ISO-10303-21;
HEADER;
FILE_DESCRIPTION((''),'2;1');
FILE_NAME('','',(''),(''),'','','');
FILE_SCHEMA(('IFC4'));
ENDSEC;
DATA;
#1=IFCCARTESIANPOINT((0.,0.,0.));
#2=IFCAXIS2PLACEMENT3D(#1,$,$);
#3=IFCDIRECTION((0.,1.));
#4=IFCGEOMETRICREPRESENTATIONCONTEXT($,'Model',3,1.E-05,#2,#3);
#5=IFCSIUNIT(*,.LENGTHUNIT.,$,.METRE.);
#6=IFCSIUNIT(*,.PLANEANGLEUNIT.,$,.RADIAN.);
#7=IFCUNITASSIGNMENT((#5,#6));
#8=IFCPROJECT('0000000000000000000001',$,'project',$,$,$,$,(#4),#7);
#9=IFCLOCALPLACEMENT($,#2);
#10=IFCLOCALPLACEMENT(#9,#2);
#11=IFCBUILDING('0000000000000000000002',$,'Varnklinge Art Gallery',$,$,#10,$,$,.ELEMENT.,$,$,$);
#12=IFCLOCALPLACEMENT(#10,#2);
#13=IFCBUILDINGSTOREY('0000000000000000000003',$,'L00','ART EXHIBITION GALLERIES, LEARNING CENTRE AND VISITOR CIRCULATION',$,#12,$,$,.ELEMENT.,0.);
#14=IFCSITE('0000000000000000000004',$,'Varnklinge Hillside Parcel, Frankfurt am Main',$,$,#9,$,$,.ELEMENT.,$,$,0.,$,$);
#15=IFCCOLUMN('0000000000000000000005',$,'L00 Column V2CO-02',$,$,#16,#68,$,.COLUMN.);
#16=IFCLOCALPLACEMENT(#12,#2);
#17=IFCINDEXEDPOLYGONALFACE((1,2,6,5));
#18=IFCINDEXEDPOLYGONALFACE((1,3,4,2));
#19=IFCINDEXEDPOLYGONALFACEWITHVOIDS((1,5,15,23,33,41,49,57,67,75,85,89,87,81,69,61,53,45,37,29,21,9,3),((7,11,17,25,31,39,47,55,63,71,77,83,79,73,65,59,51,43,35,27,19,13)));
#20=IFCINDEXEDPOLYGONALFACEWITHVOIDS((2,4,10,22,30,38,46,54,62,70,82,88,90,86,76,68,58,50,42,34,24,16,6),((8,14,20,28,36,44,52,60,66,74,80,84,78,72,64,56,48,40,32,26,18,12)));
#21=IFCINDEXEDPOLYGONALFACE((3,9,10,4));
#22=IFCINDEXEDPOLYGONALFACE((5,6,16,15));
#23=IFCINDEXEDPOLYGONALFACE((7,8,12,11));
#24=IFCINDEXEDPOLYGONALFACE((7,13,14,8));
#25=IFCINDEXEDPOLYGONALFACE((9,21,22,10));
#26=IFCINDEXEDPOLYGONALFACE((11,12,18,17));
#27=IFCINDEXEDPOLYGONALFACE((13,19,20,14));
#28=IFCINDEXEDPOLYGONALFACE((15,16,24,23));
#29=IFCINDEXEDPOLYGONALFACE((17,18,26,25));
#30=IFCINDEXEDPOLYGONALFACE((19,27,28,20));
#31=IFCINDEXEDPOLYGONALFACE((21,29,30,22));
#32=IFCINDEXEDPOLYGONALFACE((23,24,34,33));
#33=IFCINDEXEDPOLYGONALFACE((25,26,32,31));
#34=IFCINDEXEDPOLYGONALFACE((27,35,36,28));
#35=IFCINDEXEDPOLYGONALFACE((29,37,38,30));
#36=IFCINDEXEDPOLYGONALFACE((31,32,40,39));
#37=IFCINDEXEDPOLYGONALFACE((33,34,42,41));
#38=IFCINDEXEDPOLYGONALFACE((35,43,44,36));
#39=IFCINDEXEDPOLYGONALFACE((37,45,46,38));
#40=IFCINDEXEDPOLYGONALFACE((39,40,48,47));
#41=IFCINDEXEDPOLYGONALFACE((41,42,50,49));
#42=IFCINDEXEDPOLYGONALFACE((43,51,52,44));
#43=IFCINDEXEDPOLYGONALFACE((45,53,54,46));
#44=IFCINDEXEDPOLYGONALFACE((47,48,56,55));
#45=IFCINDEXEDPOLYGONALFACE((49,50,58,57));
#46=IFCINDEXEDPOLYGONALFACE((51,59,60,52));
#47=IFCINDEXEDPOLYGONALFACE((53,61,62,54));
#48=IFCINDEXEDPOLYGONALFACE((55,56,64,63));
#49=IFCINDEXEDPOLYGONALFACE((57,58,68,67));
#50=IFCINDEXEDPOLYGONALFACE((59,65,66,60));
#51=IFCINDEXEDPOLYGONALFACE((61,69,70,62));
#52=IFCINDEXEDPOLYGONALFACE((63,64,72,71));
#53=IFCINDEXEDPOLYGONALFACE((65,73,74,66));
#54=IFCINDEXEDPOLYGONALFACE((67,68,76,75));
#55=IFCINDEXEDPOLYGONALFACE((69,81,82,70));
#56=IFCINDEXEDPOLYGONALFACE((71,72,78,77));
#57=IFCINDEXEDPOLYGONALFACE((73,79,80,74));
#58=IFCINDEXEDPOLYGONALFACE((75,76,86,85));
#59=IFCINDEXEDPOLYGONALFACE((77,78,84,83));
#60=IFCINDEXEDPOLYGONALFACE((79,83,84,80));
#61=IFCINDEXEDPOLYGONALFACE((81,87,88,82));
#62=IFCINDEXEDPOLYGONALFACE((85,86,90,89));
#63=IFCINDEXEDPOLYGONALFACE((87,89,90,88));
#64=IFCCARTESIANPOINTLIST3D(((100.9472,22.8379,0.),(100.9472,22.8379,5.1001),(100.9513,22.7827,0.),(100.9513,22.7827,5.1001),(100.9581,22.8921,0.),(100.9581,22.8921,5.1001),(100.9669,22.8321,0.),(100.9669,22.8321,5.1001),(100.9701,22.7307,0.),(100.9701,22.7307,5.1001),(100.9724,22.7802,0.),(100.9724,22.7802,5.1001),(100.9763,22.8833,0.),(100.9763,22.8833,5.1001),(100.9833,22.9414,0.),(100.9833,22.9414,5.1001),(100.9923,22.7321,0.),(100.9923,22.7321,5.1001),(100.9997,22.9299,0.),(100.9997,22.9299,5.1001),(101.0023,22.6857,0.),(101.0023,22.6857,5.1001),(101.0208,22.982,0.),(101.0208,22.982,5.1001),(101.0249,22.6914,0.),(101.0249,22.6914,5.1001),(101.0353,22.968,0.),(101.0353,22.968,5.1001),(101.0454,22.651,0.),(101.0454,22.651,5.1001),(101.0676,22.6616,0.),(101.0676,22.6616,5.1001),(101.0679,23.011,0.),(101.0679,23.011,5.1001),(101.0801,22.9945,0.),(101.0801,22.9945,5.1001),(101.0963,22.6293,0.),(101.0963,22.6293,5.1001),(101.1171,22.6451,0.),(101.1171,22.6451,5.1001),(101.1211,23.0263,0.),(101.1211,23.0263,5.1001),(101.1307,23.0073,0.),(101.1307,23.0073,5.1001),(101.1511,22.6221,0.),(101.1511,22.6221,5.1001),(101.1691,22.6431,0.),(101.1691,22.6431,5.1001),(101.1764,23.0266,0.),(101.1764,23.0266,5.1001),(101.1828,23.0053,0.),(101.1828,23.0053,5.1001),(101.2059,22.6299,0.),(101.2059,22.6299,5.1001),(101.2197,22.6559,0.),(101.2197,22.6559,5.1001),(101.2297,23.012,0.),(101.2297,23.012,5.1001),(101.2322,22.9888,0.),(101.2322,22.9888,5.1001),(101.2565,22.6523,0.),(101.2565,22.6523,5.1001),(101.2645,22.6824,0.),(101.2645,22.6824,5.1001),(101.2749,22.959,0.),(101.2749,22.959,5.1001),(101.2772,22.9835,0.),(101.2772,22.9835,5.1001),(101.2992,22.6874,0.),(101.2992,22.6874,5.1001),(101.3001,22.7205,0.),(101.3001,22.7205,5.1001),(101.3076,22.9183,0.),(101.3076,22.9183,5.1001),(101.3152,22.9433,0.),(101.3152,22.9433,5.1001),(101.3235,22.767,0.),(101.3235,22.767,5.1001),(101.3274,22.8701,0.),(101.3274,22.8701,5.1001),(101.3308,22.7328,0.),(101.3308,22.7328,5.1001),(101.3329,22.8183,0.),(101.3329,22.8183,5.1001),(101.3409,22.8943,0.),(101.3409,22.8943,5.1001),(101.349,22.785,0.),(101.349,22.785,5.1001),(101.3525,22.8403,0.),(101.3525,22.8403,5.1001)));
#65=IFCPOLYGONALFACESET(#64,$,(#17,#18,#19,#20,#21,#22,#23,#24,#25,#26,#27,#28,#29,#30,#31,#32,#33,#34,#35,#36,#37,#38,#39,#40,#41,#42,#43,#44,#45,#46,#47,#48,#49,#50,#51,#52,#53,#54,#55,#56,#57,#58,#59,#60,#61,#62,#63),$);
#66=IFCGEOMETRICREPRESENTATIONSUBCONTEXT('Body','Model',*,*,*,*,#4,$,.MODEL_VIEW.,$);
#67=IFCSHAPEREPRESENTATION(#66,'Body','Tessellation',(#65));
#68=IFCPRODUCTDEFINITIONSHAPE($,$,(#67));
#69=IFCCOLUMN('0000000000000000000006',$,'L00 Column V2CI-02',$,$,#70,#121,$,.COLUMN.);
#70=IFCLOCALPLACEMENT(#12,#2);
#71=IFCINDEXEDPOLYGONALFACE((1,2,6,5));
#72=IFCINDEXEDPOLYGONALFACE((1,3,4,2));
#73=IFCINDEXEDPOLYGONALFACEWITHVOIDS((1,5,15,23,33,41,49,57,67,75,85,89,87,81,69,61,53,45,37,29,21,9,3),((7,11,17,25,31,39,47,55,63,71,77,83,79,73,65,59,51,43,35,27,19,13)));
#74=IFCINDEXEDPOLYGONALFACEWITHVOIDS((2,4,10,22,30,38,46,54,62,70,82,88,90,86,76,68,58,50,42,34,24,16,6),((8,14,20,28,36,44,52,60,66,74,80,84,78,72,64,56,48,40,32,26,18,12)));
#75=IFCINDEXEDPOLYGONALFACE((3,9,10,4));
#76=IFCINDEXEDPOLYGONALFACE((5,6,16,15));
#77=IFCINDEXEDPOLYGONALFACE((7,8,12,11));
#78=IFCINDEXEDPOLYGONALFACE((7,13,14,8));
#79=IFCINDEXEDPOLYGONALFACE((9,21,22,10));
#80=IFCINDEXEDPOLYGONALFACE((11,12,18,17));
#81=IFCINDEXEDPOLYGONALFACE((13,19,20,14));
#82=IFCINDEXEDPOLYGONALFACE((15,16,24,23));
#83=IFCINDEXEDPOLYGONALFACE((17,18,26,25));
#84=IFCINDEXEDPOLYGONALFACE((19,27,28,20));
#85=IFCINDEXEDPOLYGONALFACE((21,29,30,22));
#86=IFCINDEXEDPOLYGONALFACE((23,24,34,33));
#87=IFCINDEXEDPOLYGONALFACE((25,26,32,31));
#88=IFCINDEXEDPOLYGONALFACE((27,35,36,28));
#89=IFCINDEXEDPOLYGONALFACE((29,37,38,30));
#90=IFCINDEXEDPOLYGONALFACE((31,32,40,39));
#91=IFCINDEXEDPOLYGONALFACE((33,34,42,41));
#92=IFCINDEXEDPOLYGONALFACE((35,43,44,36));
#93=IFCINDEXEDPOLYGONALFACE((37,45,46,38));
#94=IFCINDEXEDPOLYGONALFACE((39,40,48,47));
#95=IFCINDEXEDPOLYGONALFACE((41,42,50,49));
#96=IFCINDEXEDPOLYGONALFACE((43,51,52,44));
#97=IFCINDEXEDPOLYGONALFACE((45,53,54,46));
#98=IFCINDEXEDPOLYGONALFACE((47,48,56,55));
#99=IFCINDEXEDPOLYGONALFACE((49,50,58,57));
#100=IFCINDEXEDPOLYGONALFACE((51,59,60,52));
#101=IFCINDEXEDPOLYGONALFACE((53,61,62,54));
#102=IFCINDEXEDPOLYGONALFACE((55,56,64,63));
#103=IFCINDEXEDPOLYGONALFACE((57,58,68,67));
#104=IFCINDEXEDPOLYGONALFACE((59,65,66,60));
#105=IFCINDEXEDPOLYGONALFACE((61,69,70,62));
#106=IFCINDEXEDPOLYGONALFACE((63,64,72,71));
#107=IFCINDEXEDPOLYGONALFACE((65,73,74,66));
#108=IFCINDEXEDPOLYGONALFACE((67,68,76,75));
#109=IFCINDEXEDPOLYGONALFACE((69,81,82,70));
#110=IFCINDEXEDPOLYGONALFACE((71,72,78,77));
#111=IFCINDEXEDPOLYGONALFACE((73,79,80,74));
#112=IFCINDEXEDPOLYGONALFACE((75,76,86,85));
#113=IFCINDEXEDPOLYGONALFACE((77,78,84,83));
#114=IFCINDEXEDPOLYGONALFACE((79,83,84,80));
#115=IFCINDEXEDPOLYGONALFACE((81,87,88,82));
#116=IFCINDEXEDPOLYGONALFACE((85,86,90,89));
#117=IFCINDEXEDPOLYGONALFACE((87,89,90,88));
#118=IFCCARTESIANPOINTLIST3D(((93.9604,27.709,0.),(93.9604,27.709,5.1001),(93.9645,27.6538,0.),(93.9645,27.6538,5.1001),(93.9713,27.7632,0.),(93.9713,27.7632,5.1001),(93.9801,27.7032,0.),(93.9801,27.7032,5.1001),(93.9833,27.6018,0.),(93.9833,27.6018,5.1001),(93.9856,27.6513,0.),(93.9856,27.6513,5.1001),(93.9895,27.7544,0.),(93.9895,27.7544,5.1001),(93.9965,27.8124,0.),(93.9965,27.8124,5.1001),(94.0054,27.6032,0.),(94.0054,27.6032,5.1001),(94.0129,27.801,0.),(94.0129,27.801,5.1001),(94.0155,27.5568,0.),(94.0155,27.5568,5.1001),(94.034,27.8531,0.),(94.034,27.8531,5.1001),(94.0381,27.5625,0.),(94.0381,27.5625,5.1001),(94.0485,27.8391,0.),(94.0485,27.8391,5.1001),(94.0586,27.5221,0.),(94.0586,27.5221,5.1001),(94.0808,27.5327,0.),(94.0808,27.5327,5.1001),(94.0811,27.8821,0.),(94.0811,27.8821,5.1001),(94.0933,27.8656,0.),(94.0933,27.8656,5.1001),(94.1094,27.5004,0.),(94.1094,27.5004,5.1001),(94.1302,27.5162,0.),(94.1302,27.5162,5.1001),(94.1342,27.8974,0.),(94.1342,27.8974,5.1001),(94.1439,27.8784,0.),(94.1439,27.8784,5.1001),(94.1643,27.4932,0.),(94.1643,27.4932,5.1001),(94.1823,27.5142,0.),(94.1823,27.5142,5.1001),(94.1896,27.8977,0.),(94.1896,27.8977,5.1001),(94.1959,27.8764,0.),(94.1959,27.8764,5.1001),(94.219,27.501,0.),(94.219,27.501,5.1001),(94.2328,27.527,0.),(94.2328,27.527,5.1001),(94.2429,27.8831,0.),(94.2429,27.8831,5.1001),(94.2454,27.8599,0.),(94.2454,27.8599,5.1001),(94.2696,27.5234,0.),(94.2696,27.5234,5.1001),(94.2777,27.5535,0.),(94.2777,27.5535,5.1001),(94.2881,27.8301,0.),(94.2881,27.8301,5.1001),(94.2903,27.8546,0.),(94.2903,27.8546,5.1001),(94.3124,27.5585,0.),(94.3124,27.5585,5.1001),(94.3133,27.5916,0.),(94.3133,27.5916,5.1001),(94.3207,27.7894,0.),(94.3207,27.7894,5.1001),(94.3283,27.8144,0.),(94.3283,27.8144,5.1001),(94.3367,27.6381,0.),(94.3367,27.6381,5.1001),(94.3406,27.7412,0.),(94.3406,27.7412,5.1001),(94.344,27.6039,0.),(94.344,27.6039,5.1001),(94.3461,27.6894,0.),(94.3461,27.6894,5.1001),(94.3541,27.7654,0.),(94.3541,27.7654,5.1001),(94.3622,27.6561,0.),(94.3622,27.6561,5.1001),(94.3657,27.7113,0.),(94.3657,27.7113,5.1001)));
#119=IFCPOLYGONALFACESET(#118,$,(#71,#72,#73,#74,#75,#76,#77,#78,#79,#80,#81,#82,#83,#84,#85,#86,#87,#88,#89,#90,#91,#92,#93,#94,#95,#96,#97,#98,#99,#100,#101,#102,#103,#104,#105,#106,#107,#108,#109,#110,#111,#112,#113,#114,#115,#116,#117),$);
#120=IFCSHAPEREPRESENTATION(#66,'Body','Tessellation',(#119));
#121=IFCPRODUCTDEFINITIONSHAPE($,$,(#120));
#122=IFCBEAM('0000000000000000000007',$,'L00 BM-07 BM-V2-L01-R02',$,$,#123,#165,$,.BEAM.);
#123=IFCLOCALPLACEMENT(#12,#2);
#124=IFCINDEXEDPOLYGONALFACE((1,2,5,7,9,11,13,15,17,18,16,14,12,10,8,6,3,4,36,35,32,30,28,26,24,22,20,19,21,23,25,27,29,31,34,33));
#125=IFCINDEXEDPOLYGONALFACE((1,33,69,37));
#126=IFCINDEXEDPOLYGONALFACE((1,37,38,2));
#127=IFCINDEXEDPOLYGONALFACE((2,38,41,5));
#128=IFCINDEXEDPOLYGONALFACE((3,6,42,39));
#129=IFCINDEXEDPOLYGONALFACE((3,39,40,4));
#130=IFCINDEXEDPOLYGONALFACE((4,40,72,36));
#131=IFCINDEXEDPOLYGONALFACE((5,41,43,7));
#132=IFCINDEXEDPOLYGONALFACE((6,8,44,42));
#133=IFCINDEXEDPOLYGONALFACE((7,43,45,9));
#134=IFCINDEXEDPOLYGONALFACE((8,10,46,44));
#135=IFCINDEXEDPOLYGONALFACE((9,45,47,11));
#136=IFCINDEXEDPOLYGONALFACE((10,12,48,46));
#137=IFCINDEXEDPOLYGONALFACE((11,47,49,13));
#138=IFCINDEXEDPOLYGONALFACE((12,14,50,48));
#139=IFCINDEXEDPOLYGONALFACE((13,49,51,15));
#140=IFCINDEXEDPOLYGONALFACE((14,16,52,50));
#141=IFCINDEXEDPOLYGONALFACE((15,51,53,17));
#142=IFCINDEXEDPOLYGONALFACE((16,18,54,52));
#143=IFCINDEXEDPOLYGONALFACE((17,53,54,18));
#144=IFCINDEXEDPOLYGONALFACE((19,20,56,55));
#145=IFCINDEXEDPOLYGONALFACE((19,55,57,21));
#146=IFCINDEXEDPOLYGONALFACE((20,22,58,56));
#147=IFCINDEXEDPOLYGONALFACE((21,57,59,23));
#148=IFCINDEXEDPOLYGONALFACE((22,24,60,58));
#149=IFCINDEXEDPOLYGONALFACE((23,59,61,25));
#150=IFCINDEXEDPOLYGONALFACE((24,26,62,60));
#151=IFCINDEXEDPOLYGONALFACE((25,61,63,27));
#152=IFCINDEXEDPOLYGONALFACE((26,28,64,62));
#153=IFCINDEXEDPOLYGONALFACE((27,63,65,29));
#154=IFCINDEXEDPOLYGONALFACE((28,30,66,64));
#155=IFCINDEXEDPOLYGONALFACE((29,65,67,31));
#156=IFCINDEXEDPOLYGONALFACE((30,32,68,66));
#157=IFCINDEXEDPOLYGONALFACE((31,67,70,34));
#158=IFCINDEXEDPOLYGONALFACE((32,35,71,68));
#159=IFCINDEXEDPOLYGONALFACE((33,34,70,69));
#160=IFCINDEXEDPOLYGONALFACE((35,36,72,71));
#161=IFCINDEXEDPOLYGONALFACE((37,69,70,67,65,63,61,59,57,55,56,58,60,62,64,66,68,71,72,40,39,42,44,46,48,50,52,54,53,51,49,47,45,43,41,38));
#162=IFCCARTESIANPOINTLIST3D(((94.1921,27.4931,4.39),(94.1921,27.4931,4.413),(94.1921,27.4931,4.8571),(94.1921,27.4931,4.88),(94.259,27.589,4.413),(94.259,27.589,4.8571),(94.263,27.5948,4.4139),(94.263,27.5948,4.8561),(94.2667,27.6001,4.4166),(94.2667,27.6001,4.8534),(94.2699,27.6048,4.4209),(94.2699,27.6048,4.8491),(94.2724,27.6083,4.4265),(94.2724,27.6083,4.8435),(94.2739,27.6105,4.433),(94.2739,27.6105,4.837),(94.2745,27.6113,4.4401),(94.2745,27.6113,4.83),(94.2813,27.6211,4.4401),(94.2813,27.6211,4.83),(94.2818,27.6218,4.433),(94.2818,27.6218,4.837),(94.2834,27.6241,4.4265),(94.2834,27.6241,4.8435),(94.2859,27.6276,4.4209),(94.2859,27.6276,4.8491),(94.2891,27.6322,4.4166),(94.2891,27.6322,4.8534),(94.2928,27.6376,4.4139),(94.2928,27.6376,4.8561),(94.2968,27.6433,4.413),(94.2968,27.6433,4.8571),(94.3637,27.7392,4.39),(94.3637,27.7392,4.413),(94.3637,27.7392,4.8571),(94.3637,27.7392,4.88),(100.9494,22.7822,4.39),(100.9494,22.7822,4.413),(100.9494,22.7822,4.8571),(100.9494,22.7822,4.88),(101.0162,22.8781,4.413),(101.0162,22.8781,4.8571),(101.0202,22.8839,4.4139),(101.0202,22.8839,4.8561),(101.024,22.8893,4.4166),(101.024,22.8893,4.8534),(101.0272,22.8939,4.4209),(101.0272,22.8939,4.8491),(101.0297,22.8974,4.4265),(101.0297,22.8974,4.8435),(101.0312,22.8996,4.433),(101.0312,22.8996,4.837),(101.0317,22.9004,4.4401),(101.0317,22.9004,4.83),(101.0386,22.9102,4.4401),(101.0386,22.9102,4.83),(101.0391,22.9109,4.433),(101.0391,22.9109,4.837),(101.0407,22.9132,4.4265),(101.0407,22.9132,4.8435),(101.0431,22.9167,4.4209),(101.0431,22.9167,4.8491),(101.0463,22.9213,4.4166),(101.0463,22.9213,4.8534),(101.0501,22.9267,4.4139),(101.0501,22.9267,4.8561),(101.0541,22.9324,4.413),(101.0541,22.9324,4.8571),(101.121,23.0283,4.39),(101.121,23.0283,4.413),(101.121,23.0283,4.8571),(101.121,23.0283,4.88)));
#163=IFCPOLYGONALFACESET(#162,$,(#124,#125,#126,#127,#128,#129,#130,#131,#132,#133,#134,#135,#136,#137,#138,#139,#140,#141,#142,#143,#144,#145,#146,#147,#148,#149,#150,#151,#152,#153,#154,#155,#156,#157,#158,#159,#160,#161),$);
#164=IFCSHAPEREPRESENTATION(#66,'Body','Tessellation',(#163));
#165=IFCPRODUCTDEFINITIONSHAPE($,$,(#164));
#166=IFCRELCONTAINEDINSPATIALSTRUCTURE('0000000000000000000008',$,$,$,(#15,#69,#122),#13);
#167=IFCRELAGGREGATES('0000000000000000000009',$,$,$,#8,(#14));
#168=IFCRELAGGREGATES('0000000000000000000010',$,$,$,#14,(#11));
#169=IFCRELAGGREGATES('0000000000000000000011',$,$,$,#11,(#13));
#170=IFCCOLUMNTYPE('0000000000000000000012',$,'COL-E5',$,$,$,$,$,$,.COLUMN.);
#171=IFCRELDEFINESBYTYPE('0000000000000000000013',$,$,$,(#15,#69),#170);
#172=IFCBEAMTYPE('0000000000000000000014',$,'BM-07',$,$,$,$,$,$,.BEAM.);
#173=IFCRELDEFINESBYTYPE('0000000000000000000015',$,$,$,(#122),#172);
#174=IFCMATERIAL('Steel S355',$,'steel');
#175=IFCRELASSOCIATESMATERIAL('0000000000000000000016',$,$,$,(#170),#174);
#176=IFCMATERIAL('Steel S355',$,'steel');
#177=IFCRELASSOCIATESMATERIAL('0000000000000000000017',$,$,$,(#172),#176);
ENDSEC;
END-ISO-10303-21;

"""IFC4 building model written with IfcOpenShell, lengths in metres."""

from ifc_helpers import new_model, si_unit, direction, frame, origin, origin_2d, place, context, subcontext, project, spatial, hollow_circle, i_section, extrude, material, material_profile, profile_set, type_object, element, save


model = new_model("IFC4")

# Units and contexts
model_context = context("Model", 3, precision=1e-05, world=origin(), true_north=direction((0.0, 1.0)))
body_context = subcontext(model_context, "Body", "Model", "MODEL_VIEW")
ifc_project = project(units=[si_unit("LENGTHUNIT", "METRE"), si_unit("PLANEANGLEUNIT", "RADIAN")], contexts=[model_context])

# Site, building, storey
site_placement = place(None, origin())
site = spatial("IfcSite", under=ifc_project, at=site_placement, Name="Varnklinge Hillside Parcel, Frankfurt am Main", CompositionType="ELEMENT", RefElevation=0.0)
building_placement = place(site_placement, origin())
building = spatial("IfcBuilding", under=site, at=building_placement, Name="Varnklinge Art Gallery", CompositionType="ELEMENT")
storey_placement = place(building_placement, origin())
storey = spatial("IfcBuildingStorey", under=building, at=storey_placement, Name="L00", Description="ART EXHIBITION GALLERIES, LEARNING CENTRE AND VISITOR CIRCULATION", CompositionType="ELEMENT", Elevation=0.0)

# Columns
ifc_material_1 = material(Name="Steel S355", Category="steel")
ifc_material_profile_1 = material_profile(ifc_material_1, hollow_circle(Radius=0.2031, WallThickness=0.02, at=origin_2d()), Name="CHS 406.4x20")
ifc_profile_set_1 = profile_set([ifc_material_profile_1], Name="Steel S355")
column_type = type_object("IfcColumnType", Name="COL-E5", PredefinedType="COLUMN", material=ifc_profile_set_1)
for number, where, z_axis, x_axis, name in (
    (1, (101.1499, 22.8252, 0.0), (0.0, 0.0, 1.0), (-0.820352, 0.57186, 0.0), "L00 Column V2CO-02"),
    (2, (94.1631, 27.6963, 0.0), (0.0, 0.0, 1.0), (-0.820352, 0.57186, 0.0), "L00 Column V2CI-02"),
):
    element("IfcColumn", number, at=place(storey_placement, frame(where, z_axis=z_axis, x_axis=x_axis)), inside=storey, type_object=column_type, Name=name, PredefinedType="COLUMN", context=body_context, shape_type="SweptSolid", body=[
        extrude(hollow_circle(Radius=0.2031, WallThickness=0.02, at=origin_2d()), origin(), (0.0, 0.0, 1.0), 5.1001),
    ])

# Beam
ifc_material_2 = material(Name="Steel S355", Category="steel")
ifc_material_profile_2 = material_profile(ifc_material_2, i_section(OverallWidth=0.3, OverallDepth=0.49, WebThickness=0.012, FlangeThickness=0.0229, FilletRadius=0.0271, at=origin_2d()), Name="HEA 500")
ifc_profile_set_2 = profile_set([ifc_material_profile_2], Name="Steel S355")
beam_type_1 = type_object("IfcBeamType", Name="BM-07", PredefinedType="BEAM", material=ifc_profile_set_2)
beam_1_placement = place(storey_placement, frame((101.0352, 22.9053, 4.635), z_axis=(-0.820325, 0.571898, 0.0), x_axis=(-0.571898, -0.820325, 0.0)))
element("IfcBeam", 3, at=beam_1_placement, inside=storey, type_object=beam_type_1, Name="L00 BM-07 BM-V2-L01-R02", PredefinedType="BEAM", context=body_context, shape_type="SweptSolid", body=[
    extrude(i_section(OverallWidth=0.3, OverallDepth=0.49, WebThickness=0.012, FlangeThickness=0.0229, FilletRadius=0.0271, at=origin_2d()), origin(), (0.0, 0.0, 1.0), 8.2373),
])

save(model, "model.ifc")
